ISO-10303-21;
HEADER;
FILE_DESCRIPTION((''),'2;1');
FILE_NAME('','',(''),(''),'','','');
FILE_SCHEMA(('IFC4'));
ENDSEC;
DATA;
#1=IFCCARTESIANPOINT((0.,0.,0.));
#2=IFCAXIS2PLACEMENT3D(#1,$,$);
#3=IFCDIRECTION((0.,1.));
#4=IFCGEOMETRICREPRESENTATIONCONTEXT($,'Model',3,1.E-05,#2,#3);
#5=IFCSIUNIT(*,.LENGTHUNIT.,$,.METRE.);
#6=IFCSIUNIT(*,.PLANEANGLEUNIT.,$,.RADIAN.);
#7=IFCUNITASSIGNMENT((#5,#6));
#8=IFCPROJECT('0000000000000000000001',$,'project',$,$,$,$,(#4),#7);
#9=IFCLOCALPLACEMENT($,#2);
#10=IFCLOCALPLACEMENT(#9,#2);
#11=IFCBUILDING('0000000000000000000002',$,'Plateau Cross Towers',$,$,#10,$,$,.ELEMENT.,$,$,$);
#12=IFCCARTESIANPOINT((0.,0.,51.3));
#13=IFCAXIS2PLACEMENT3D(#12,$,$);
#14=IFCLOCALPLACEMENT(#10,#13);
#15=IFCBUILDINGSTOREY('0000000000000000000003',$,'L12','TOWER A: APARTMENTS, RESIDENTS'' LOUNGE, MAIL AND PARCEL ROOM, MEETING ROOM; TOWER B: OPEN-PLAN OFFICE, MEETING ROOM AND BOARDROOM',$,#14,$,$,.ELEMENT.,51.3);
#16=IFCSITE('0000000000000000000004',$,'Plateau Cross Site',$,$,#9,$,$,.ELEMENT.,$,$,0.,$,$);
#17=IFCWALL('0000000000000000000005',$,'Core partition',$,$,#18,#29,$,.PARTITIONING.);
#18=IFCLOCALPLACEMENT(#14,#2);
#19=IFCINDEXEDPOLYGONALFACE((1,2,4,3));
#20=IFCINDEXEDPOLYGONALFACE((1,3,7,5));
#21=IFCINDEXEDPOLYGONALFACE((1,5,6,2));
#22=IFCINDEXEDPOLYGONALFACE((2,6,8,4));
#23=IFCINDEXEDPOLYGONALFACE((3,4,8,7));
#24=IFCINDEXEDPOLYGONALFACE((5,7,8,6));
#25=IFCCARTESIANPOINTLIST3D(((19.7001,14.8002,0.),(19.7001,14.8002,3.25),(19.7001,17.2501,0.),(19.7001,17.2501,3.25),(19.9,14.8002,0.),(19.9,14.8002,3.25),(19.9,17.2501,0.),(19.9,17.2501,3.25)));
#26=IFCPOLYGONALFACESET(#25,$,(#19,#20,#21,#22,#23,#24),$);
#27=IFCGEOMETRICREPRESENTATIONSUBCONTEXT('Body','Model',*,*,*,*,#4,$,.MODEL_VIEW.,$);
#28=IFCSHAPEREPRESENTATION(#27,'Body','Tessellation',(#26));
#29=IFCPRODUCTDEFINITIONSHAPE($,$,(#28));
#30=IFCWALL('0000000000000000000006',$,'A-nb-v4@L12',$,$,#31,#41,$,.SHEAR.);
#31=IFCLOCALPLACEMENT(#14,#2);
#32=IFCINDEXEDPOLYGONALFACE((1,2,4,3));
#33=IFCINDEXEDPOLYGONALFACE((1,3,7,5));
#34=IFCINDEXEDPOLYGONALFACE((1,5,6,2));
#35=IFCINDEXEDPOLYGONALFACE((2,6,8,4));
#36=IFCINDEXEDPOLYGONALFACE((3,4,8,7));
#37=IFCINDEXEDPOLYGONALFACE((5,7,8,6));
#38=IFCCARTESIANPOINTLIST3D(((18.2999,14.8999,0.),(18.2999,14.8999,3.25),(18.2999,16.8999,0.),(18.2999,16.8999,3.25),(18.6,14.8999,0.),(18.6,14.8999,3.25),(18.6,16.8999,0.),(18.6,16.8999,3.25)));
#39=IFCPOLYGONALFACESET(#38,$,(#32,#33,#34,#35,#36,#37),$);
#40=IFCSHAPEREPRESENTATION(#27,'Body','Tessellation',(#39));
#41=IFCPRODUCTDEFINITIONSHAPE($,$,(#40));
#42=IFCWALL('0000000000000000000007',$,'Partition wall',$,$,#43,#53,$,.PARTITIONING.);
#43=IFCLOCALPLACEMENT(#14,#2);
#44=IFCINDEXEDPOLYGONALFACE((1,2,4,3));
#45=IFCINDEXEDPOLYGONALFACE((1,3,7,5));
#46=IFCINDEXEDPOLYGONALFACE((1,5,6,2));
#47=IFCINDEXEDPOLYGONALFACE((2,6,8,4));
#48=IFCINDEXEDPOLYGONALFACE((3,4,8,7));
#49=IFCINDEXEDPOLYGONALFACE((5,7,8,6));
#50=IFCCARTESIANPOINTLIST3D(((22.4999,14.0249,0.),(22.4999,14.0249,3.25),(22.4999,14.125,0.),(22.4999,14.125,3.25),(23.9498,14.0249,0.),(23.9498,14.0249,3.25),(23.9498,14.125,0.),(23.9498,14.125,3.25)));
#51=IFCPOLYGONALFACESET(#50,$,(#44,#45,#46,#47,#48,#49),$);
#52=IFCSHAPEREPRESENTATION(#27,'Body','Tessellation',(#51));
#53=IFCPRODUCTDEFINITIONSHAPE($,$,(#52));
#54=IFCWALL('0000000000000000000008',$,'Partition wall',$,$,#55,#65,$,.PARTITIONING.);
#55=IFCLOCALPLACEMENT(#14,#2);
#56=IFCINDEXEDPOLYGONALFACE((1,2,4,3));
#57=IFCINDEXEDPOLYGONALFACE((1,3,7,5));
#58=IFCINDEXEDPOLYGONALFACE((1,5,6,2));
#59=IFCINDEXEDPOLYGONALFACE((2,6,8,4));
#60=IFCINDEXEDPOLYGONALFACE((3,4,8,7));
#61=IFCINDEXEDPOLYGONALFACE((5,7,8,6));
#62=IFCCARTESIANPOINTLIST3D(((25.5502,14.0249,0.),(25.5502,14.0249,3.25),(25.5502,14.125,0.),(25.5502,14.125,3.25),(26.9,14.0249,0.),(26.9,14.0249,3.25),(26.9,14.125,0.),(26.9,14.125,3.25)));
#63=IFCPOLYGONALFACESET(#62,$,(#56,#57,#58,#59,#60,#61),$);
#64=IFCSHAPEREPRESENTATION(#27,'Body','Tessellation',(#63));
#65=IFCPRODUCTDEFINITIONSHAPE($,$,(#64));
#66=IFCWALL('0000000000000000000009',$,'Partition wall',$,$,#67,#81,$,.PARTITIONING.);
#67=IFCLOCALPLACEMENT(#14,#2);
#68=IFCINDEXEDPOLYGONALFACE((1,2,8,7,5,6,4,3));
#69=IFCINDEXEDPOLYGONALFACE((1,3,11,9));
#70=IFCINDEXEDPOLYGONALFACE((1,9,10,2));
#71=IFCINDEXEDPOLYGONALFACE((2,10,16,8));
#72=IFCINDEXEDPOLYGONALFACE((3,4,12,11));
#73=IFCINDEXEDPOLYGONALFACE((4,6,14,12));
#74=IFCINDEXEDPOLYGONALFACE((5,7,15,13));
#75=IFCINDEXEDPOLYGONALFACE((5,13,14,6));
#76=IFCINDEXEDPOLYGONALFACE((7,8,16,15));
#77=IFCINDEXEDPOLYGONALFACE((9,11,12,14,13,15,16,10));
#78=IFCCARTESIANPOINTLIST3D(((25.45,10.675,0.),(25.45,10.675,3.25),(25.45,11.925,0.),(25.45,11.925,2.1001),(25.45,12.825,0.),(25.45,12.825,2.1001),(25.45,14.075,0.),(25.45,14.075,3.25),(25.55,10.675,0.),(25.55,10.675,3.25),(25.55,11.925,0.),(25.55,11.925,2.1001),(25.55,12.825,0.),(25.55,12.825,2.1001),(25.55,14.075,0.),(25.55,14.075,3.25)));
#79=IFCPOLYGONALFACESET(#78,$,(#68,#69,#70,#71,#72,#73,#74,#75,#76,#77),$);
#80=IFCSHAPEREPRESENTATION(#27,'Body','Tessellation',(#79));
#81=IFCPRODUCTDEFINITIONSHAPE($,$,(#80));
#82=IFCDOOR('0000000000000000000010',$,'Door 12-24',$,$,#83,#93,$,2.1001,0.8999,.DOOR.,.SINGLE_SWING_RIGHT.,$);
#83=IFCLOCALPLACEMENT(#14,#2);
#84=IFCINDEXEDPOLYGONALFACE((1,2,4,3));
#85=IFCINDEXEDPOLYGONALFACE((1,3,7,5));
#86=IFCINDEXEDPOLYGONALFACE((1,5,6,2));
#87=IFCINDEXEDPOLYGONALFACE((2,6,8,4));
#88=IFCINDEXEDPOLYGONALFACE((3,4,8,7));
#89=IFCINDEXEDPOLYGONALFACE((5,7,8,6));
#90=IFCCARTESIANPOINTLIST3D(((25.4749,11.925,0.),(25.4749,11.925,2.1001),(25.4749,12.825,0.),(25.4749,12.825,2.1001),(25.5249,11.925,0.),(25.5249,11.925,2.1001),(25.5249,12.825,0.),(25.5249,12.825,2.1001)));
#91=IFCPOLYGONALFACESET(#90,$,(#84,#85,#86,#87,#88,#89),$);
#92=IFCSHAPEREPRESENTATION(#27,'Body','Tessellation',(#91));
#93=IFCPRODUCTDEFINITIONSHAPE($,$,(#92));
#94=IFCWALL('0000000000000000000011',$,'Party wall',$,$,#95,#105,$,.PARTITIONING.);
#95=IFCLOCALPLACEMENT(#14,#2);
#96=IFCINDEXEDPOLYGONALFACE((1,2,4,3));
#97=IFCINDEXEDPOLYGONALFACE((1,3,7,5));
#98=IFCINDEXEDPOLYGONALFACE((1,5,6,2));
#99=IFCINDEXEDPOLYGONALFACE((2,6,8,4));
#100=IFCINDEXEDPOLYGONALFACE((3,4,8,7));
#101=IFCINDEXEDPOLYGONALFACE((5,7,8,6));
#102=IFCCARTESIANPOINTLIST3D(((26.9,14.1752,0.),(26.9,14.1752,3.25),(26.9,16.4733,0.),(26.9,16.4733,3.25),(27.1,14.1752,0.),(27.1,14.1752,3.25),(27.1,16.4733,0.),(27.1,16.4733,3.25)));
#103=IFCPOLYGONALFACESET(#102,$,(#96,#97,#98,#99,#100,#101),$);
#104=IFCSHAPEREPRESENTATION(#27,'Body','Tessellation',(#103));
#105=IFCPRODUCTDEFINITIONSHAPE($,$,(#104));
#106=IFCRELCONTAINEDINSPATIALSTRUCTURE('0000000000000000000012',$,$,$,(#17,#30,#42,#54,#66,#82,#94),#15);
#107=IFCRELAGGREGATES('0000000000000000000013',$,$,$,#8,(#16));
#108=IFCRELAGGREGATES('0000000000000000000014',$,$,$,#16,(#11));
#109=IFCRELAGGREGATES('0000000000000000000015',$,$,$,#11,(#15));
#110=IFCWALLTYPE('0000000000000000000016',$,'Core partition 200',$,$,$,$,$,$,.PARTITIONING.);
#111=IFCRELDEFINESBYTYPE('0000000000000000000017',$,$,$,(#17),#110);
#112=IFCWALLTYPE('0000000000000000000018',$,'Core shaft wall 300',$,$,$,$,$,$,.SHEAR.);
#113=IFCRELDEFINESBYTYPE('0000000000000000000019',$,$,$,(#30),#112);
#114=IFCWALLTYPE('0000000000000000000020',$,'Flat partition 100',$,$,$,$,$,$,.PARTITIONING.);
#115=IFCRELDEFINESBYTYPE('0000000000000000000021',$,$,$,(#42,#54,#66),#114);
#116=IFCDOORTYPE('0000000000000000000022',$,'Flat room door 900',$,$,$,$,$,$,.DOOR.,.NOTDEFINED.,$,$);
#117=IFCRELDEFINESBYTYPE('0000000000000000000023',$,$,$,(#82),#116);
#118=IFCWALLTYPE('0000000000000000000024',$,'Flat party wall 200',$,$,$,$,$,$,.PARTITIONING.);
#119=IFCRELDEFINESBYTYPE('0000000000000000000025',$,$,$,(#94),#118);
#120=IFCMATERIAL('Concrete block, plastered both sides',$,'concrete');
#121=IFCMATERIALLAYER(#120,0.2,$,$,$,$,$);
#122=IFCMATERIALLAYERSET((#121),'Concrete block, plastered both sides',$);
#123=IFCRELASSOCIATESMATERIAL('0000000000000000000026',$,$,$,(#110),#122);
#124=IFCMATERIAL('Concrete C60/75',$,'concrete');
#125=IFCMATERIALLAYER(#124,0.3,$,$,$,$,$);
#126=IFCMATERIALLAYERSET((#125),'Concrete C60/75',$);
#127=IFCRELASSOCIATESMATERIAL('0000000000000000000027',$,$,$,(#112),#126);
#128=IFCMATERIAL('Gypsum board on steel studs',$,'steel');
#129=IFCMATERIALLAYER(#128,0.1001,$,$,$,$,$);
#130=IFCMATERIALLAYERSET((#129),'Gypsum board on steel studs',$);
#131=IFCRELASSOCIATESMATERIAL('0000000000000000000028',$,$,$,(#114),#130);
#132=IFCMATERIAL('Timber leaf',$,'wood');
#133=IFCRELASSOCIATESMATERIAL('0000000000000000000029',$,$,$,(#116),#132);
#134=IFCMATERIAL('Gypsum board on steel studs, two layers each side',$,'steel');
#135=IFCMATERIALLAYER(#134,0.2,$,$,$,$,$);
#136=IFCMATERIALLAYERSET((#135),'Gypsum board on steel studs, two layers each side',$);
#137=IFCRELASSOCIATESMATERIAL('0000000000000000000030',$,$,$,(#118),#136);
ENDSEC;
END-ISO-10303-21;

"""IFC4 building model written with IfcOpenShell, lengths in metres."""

from ifc_helpers import new_model, si_unit, direction, frame, frame_2d, origin, place, context, subcontext, project, spatial, rectangle, extrude, material, layer, layer_set, type_object, element, fill, save


model = new_model("IFC4")

# Units and contexts
model_context = context("Model", 3, precision=1e-05, world=origin(), true_north=direction((0.0, 1.0)))
body_context = subcontext(model_context, "Body", "Model", "MODEL_VIEW")
ifc_project = project(units=[si_unit("LENGTHUNIT", "METRE"), si_unit("PLANEANGLEUNIT", "RADIAN")], contexts=[model_context])

# Site, building, storey
site_placement = place(None, origin())
site = spatial("IfcSite", under=ifc_project, at=site_placement, Name="Plateau Cross Site", CompositionType="ELEMENT", RefElevation=0.0)
building_placement = place(site_placement, origin())
building = spatial("IfcBuilding", under=site, at=building_placement, Name="Plateau Cross Towers", CompositionType="ELEMENT")
storey_placement = place(building_placement, frame((0.0, 0.0, 51.3)))
storey = spatial("IfcBuildingStorey", under=building, at=storey_placement, Name="L12", Description="TOWER A: APARTMENTS, RESIDENTS' LOUNGE, MAIL AND PARCEL ROOM, MEETING ROOM; TOWER B: OPEN-PLAN OFFICE, MEETING ROOM AND BOARDROOM", CompositionType="ELEMENT", Elevation=51.3)

# Shared definitions
ifc_material_1 = material(Name="Concrete block, plastered both sides", Category="concrete")
ifc_layer_1 = layer(ifc_material_1, 0.2)
ifc_layer_set_1 = layer_set([ifc_layer_1], Name="Concrete block, plastered both sides")
wall_type_1 = type_object("IfcWallType", Name="Core partition 200", PredefinedType="PARTITIONING", material=ifc_layer_set_1)

# Walls
wall_1_placement = place(storey_placement, frame((19.8, 14.8, 0.0), z_axis=(0.0, 0.0, 1.0), x_axis=(0.0, 1.0, 0.0)))
element("IfcWall", 1, at=wall_1_placement, inside=storey, type_object=wall_type_1, Name="Core partition", PredefinedType="PARTITIONING", context=body_context, shape_type="SweptSolid", body=[
    extrude(rectangle(XDim=2.45, YDim=0.2, at=frame_2d((1.2251, 0.0))), origin(), (0.0, 0.0, 1.0), 3.25),
])
ifc_material_2 = material(Name="Concrete C60/75", Category="concrete")
ifc_layer_2 = layer(ifc_material_2, 0.3)
ifc_layer_set_2 = layer_set([ifc_layer_2], Name="Concrete C60/75")
wall_type_2 = type_object("IfcWallType", Name="Core shaft wall 300", PredefinedType="SHEAR", material=ifc_layer_set_2)
wall_2_placement = place(storey_placement, frame((18.45, 14.8999, 0.0), z_axis=(0.0, 0.0, 1.0), x_axis=(0.0, 1.0, 0.0)))
element("IfcWall", 2, at=wall_2_placement, inside=storey, type_object=wall_type_2, Name="A-nb-v4@L12", PredefinedType="SHEAR", context=body_context, shape_type="SweptSolid", body=[
    extrude(rectangle(XDim=2.0, YDim=0.3, at=frame_2d((1.0, 0.0))), origin(), (0.0, 0.0, 1.0), 3.25),
])
ifc_material_3 = material(Name="Gypsum board on steel studs", Category="steel")
ifc_layer_3 = layer(ifc_material_3, 0.1001)
ifc_layer_set_3 = layer_set([ifc_layer_3], Name="Gypsum board on steel studs")
wall_type_3 = type_object("IfcWallType", Name="Flat partition 100", PredefinedType="PARTITIONING", material=ifc_layer_set_3)
wall_3_placement = place(storey_placement, frame((23.95, 14.075, 0.0), z_axis=(0.0, 0.0, 1.0), x_axis=(-1.0, 0.0, 0.0)))
element("IfcWall", 3, at=wall_3_placement, inside=storey, type_object=wall_type_3, Name="Partition wall", PredefinedType="PARTITIONING", context=body_context, shape_type="SweptSolid", body=[
    extrude(rectangle(XDim=1.45, YDim=0.1001, at=frame_2d((0.7251, 0.0))), origin(), (0.0, 0.0, 1.0), 3.25),
])
wall_4_placement = place(storey_placement, frame((26.8999, 14.075, 0.0), z_axis=(0.0, 0.0, 1.0), x_axis=(-1.0, 0.0, 0.0)))
element("IfcWall", 4, at=wall_4_placement, inside=storey, type_object=wall_type_3, Name="Partition wall", PredefinedType="PARTITIONING", context=body_context, shape_type="SweptSolid", body=[
    extrude(rectangle(XDim=1.3499, YDim=0.1001, at=frame_2d((0.6748, 0.0))), origin(), (0.0, 0.0, 1.0), 3.25),
])

# Wall, opening, door
wall_5_placement = place(storey_placement, frame((25.5, 14.075, 0.0), z_axis=(0.0, 0.0, 1.0), x_axis=(0.0, -1.0, 0.0)))
wall_5 = element("IfcWall", 5, at=wall_5_placement, inside=storey, type_object=wall_type_3, Name="Partition wall", PredefinedType="PARTITIONING", context=body_context, shape_type="SweptSolid", body=[
    extrude(rectangle(XDim=3.3999, YDim=0.1001, at=frame_2d((1.7, 0.0))), origin(), (0.0, 0.0, 1.0), 3.25),
])
opening_1_placement = place(wall_5_placement, frame((1.25, 0.0, 0.0)))
opening_1 = element("IfcOpeningElement", 6, at=opening_1_placement, cuts=wall_5, PredefinedType="OPENING", context=body_context, shape_type="SweptSolid", body=[
    extrude(rectangle(XDim=0.8999, YDim=2.1001, at=frame_2d((0.45, 1.05))), frame((0.0, 0.0601, 0.0), z_axis=(0.0, -1.0, 0.0), x_axis=(1.0, 0.0, 0.0)), (0.0, 0.0, 1.0), 0.1201),
])
ifc_material_4 = material(Name="Timber leaf", Category="wood")
door_type_1 = type_object("IfcDoorType", Name="Flat room door 900", OperationType="NOTDEFINED", PredefinedType="DOOR", material=ifc_material_4)
door_1_placement = place(opening_1_placement, origin())
door_1 = element("IfcDoor", 7, at=door_1_placement, inside=storey, type_object=door_type_1, Name="Door 12-24", OperationType="SINGLE_SWING_RIGHT", OverallHeight=2.1001, OverallWidth=0.8999, PredefinedType="DOOR", context=body_context, shape_type="SweptSolid", body=[
    extrude(rectangle(XDim=0.8999, YDim=2.1001, at=frame_2d((0.45, 1.05))), frame((0.0, 0.0249, 0.0), z_axis=(0.0, -1.0, 0.0), x_axis=(1.0, 0.0, 0.0)), (0.0, 0.0, 1.0), 0.05),
])
fill(opening_1, door_1)

# Wall
ifc_material_5 = material(Name="Gypsum board on steel studs, two layers each side", Category="steel")
ifc_layer_4 = layer(ifc_material_5, 0.2)
ifc_layer_set_4 = layer_set([ifc_layer_4], Name="Gypsum board on steel studs, two layers each side")
wall_type_4 = type_object("IfcWallType", Name="Flat party wall 200", PredefinedType="PARTITIONING", material=ifc_layer_set_4)
wall_6_placement = place(storey_placement, frame((27.0, 16.4731, 0.0), z_axis=(0.0, 0.0, 1.0), x_axis=(0.0, -1.0, 0.0)))
element("IfcWall", 8, at=wall_6_placement, inside=storey, type_object=wall_type_4, Name="Party wall", PredefinedType="PARTITIONING", context=body_context, shape_type="SweptSolid", body=[
    extrude(rectangle(XDim=2.2981, YDim=0.2, at=frame_2d((1.1489, 0.0))), origin(), (0.0, 0.0, 1.0), 3.25),
])

save(model, "model.ifc")
